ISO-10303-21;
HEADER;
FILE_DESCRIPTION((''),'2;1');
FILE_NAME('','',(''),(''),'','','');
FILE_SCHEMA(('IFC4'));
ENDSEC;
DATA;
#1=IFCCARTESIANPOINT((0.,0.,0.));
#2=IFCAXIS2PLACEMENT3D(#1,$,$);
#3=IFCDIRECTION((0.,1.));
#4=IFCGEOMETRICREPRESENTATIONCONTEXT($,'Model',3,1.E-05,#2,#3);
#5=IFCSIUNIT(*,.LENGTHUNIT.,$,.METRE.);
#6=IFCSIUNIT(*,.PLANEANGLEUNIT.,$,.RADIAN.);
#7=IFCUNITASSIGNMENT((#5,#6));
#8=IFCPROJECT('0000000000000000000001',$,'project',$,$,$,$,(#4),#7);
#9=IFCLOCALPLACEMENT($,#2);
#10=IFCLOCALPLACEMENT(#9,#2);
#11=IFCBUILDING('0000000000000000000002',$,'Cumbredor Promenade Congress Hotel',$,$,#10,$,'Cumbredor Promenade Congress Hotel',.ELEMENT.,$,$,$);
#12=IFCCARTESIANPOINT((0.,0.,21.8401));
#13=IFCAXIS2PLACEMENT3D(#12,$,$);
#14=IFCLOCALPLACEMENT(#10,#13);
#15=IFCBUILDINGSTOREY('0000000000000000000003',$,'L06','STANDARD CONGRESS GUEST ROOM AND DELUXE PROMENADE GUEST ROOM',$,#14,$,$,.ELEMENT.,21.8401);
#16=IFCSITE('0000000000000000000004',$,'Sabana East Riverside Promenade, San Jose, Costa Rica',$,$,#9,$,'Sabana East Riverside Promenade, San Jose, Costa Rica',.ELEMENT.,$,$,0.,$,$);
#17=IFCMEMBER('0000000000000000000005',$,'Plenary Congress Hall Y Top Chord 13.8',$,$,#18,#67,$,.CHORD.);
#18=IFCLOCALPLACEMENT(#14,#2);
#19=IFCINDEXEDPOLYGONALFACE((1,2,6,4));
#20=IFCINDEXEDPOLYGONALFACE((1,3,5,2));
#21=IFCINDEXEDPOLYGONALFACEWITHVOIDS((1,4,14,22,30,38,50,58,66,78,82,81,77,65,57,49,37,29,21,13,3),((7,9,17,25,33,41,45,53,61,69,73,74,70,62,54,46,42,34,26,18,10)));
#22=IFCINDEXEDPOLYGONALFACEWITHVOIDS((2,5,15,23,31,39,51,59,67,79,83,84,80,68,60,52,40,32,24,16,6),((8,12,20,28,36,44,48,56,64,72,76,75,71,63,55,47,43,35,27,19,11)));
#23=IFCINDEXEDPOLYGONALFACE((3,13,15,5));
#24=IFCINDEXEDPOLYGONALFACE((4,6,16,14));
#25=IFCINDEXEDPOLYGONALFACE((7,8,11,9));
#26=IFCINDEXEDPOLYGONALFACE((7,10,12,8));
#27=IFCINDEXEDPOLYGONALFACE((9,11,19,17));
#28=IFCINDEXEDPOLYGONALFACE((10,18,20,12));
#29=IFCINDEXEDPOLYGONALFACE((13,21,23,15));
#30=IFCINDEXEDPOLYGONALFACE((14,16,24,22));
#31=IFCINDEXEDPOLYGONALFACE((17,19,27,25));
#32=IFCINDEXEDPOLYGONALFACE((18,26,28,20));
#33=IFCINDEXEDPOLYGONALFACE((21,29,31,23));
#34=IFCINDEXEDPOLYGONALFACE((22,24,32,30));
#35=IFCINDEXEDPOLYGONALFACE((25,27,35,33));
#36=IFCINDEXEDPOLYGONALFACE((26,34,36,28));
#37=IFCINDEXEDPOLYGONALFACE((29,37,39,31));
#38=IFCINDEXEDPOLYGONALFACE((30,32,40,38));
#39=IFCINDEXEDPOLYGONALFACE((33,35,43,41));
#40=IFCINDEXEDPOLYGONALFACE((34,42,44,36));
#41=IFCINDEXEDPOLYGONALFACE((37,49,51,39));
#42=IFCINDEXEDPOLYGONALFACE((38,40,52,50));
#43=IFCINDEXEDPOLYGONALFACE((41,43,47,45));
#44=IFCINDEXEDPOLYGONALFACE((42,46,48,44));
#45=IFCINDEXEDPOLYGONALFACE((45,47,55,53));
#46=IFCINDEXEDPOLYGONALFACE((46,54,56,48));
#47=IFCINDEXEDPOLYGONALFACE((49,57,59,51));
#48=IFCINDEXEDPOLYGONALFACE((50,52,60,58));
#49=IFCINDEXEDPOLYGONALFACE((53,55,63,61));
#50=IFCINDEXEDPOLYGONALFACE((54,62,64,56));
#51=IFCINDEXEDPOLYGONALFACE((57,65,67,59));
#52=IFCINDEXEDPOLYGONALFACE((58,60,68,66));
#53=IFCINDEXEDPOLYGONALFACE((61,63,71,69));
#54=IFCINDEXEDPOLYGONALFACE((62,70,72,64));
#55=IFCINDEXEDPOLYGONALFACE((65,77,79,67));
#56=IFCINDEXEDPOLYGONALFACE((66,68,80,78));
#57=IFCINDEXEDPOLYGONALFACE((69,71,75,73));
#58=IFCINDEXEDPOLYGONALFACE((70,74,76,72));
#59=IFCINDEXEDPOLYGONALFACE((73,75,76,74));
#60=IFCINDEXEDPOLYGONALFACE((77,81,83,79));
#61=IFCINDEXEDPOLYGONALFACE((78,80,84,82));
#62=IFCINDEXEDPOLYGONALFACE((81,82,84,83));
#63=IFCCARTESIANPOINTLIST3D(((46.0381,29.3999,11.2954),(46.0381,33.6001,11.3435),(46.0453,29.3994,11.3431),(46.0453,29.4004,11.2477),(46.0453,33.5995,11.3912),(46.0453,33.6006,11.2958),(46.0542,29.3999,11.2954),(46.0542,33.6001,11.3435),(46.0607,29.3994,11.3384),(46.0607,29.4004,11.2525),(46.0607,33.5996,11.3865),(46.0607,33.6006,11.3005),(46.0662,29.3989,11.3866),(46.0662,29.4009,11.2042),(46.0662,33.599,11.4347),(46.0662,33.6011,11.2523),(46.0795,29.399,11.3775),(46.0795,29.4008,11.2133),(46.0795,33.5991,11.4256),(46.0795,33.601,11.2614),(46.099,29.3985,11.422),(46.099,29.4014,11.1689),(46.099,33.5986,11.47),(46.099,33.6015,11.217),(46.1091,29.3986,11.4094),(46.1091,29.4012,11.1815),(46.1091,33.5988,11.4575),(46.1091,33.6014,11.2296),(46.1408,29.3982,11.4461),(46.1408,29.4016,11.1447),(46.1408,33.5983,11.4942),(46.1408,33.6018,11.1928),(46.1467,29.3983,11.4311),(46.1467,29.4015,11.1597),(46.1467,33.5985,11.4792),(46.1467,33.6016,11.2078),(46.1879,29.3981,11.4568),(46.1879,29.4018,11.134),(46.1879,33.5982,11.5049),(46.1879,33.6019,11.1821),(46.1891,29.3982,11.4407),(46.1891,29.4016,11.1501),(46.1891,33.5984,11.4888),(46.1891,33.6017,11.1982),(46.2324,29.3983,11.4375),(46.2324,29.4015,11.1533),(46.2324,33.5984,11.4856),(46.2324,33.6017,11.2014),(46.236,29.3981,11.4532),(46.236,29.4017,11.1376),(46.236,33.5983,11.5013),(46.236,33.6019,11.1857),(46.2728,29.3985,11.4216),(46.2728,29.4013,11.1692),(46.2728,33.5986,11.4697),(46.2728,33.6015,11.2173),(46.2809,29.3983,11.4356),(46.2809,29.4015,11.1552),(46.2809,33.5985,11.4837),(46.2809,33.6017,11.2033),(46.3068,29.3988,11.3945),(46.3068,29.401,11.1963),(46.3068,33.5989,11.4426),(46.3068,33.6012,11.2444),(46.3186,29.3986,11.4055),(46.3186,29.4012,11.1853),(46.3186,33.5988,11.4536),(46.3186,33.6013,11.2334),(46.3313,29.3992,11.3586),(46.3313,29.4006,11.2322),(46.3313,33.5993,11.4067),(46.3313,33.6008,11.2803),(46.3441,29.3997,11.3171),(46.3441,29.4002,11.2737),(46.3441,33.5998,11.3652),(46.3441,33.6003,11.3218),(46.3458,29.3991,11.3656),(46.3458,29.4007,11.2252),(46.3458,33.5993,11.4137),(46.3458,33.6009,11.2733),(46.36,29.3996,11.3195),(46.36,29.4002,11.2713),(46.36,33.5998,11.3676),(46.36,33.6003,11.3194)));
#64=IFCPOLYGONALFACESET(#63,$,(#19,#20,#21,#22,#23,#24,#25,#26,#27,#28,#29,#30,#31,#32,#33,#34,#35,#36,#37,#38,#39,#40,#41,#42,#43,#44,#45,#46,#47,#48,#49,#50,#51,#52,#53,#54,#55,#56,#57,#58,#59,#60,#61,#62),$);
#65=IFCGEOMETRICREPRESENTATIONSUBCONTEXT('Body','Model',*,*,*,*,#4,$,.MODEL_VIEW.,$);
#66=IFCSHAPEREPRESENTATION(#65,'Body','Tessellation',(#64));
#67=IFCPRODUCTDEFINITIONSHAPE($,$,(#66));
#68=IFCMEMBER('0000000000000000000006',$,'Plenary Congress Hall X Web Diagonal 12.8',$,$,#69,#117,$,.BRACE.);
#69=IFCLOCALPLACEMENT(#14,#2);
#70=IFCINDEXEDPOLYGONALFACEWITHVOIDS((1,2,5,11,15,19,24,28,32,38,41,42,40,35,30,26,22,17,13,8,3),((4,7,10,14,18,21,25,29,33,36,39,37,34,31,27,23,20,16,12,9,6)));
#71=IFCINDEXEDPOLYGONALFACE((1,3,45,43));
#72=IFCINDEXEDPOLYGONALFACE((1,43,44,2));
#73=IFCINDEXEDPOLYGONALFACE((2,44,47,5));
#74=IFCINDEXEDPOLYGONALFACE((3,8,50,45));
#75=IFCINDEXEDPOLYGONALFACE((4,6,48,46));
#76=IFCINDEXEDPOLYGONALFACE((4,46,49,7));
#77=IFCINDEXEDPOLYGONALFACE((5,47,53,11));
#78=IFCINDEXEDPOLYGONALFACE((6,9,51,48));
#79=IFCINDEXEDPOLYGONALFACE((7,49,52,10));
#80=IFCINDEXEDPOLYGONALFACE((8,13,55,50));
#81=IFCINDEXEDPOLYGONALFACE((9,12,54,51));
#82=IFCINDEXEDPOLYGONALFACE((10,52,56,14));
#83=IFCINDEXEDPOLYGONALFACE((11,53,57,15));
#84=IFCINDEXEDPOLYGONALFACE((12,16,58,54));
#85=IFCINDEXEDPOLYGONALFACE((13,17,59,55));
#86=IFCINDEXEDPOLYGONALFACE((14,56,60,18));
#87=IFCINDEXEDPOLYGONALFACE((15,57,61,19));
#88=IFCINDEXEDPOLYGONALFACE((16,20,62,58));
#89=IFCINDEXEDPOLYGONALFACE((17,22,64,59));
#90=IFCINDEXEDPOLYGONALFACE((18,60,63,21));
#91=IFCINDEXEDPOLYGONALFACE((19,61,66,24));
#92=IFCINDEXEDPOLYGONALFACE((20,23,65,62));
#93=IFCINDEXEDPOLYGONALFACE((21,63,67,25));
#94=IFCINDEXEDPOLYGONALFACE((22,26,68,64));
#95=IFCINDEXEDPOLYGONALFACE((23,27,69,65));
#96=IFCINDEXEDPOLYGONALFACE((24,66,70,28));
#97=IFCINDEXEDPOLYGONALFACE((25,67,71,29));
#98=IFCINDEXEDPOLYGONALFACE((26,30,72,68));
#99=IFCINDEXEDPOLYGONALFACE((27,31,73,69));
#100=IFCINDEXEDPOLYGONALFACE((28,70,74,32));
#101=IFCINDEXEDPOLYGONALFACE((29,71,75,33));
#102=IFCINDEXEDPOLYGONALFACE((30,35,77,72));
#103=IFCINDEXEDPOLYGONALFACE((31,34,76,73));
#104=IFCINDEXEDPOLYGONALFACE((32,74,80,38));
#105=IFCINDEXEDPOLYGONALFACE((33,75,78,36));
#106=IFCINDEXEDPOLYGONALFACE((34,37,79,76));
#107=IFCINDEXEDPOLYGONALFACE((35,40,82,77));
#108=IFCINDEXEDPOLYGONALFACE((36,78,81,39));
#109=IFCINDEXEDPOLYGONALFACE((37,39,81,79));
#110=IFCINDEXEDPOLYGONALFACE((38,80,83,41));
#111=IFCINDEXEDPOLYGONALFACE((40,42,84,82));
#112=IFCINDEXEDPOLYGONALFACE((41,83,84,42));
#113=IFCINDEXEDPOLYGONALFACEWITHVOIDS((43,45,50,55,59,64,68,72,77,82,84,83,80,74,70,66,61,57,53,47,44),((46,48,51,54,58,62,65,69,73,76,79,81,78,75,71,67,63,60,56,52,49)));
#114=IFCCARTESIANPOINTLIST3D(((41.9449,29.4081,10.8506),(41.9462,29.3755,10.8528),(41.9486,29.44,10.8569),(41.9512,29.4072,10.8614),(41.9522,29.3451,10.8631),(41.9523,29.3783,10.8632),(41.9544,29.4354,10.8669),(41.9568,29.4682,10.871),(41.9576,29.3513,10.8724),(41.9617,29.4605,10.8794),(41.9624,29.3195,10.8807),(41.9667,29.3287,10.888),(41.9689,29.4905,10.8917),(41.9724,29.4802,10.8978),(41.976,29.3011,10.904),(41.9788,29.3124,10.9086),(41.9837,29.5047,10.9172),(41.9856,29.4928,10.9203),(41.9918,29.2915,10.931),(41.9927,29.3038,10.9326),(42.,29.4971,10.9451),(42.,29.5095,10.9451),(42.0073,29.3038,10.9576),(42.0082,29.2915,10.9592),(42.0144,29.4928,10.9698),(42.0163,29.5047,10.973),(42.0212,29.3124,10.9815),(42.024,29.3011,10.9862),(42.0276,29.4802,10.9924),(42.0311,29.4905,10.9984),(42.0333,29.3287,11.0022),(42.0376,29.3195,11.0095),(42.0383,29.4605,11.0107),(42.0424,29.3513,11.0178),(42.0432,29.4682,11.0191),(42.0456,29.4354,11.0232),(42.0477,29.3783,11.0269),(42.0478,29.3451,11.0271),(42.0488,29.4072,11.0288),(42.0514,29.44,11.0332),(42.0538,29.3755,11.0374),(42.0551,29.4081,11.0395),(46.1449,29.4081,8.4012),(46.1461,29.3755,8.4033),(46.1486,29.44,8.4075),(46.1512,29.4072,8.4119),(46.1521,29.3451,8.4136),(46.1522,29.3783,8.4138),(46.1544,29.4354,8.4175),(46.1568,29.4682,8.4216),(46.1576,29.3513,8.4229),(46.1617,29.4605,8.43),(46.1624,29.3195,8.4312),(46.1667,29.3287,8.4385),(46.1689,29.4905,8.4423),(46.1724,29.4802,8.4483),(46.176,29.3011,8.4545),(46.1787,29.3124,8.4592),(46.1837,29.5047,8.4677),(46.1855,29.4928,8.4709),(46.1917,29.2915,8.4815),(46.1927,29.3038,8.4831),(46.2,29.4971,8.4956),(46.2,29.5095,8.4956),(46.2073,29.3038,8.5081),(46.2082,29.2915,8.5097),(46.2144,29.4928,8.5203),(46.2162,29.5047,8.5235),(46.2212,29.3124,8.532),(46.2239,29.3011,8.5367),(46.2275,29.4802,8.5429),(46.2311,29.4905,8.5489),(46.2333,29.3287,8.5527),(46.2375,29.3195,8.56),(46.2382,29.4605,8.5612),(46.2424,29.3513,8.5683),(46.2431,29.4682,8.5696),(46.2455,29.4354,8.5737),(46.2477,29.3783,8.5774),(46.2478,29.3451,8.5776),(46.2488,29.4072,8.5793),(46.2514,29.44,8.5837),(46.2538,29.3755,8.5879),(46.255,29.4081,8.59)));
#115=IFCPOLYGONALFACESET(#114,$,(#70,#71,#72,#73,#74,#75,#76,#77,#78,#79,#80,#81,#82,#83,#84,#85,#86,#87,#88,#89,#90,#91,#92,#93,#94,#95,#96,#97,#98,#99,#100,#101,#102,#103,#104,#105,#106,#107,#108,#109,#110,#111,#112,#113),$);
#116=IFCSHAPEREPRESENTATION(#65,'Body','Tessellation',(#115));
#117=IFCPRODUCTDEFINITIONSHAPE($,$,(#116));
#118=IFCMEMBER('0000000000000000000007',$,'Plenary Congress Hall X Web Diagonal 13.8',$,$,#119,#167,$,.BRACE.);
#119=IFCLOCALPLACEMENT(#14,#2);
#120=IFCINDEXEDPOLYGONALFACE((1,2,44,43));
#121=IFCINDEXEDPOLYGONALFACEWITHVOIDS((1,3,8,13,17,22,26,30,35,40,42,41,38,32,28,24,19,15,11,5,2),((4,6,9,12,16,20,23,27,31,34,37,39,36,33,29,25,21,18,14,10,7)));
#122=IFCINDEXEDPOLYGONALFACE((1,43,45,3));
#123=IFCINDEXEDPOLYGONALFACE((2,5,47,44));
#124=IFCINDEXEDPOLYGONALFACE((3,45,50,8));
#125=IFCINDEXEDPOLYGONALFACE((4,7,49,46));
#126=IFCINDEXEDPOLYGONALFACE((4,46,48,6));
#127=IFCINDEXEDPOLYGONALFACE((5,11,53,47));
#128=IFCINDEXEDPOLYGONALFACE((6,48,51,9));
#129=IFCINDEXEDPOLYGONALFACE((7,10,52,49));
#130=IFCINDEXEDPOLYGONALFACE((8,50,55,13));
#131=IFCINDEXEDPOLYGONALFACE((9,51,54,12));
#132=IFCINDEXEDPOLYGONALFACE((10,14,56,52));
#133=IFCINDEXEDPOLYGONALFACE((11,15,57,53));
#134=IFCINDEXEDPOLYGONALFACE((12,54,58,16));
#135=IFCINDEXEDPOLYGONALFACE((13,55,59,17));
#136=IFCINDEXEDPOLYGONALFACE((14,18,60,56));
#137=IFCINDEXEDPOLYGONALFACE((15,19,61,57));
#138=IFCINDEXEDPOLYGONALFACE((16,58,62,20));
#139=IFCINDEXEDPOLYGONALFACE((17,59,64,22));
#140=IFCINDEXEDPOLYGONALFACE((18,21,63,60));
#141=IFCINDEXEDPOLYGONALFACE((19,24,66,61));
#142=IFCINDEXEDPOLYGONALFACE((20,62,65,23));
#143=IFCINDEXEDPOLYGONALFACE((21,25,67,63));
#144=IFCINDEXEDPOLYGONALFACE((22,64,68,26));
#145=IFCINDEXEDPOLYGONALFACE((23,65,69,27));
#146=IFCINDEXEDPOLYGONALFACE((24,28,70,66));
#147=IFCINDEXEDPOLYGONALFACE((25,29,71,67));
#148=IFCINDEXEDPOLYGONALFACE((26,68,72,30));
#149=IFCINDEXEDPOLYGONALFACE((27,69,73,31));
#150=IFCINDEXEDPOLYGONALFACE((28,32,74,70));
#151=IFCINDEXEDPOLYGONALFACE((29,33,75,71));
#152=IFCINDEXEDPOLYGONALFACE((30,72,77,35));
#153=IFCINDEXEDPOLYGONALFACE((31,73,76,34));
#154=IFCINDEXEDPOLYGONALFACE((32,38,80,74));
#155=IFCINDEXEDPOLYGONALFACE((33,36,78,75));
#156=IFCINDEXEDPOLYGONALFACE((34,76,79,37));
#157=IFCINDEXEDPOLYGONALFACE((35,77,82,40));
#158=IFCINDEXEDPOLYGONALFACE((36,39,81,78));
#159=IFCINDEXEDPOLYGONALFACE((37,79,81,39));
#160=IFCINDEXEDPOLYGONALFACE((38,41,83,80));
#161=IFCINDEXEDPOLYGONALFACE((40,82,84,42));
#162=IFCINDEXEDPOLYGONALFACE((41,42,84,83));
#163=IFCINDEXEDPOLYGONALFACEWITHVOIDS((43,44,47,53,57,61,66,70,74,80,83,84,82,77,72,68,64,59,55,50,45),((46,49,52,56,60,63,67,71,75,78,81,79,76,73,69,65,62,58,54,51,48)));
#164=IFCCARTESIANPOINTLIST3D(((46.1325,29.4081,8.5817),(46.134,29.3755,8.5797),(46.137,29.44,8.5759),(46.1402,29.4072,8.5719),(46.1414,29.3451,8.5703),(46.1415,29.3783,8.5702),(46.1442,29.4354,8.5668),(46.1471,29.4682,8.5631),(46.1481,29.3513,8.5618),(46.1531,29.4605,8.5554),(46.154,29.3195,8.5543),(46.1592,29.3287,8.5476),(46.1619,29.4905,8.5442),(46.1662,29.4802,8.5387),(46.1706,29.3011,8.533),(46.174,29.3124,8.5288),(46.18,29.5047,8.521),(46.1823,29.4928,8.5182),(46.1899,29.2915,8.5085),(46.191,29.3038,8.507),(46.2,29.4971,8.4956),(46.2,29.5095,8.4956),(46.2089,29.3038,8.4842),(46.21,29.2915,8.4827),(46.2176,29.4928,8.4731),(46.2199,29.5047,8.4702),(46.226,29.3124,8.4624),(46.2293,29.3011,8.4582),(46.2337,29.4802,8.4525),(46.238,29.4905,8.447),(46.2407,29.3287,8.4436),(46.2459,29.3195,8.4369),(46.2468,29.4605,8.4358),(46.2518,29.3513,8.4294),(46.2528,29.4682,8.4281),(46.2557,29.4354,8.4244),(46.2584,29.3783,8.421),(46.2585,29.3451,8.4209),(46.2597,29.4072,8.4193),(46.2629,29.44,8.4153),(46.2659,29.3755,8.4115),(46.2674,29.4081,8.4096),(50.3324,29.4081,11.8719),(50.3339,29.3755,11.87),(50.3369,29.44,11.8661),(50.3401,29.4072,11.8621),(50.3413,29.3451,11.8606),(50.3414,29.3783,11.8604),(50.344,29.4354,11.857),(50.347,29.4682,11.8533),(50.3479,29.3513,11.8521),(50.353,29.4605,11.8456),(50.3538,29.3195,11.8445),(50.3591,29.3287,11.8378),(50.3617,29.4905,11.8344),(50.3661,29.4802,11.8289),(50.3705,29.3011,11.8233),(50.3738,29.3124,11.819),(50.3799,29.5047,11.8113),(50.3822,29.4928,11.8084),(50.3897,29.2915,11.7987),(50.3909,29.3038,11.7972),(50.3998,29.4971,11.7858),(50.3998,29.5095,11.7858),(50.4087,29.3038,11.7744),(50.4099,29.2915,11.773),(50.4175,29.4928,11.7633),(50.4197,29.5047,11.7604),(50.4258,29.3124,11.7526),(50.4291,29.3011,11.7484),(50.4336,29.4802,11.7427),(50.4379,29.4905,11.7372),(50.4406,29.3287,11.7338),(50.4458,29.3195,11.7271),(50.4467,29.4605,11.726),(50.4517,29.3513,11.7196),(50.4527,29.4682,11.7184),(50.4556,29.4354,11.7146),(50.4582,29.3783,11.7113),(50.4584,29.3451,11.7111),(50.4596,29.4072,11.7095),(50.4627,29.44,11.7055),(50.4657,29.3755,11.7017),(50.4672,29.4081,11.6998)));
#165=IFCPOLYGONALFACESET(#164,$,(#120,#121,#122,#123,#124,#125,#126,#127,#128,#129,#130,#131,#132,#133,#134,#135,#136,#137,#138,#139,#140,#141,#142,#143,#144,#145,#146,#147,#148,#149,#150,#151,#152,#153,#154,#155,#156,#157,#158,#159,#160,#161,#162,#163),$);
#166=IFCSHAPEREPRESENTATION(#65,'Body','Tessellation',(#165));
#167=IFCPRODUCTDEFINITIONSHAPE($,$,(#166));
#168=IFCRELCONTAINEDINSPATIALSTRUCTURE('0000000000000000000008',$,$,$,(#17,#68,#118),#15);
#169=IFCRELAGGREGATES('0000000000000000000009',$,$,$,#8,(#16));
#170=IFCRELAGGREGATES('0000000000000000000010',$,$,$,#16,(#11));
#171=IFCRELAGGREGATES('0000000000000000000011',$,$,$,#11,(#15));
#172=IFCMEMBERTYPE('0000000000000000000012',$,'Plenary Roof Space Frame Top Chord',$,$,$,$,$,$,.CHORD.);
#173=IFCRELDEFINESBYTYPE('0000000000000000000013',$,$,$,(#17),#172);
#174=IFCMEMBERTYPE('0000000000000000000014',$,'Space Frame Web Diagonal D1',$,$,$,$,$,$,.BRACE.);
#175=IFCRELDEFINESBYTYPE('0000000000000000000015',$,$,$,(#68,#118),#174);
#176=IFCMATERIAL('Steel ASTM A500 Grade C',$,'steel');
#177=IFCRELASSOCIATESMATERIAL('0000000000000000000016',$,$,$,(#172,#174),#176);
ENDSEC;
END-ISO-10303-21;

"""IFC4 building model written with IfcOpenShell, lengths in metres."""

from ifc_helpers import new_model, si_unit, direction, frame, origin, origin_2d, place, context, subcontext, project, spatial, hollow_circle, extrude, material, material_profile, profile_set, type_object, element, save


model = new_model("IFC4")

# Units and contexts
model_context = context("Model", 3, precision=1e-05, world=origin(), true_north=direction((0.0, 1.0)))
body_context = subcontext(model_context, "Body", "Model", "MODEL_VIEW")
ifc_project = project(units=[si_unit("LENGTHUNIT", "METRE"), si_unit("PLANEANGLEUNIT", "RADIAN")], contexts=[model_context])

# Site, building, storey
site_placement = place(None, origin())
site = spatial("IfcSite", under=ifc_project, at=site_placement, Name="Sabana East Riverside Promenade, San Jose, Costa Rica", LongName="Sabana East Riverside Promenade, San Jose, Costa Rica", CompositionType="ELEMENT", RefElevation=0.0)
building_placement = place(site_placement, origin())
building = spatial("IfcBuilding", under=site, at=building_placement, Name="Cumbredor Promenade Congress Hotel", LongName="Cumbredor Promenade Congress Hotel", CompositionType="ELEMENT")
storey_placement = place(building_placement, frame((0.0, 0.0, 21.8401)))
storey = spatial("IfcBuildingStorey", under=building, at=storey_placement, Name="L06", Description="STANDARD CONGRESS GUEST ROOM AND DELUXE PROMENADE GUEST ROOM", CompositionType="ELEMENT", Elevation=21.8401)

# Members
ifc_material_1 = material(Name="Steel ASTM A500 Grade C", Category="steel")
ifc_material_profile_1 = material_profile(ifc_material_1, hollow_circle(Radius=0.1619, WallThickness=0.0161, at=origin_2d()), Name="CHS 323.9x16")
ifc_profile_set_1 = profile_set([ifc_material_profile_1], Name="Steel ASTM A500 Grade C")
member_type_1 = type_object("IfcMemberType", Name="Plenary Roof Space Frame Top Chord", PredefinedType="CHORD", material=ifc_profile_set_1)
member_1_placement = place(storey_placement, frame((46.2, 29.3999, 11.2954), z_axis=(0.0, 0.999934, 0.01145), x_axis=(-1.0, 0.0, 0.0)))
element("IfcMember", 1, at=member_1_placement, inside=storey, type_object=member_type_1, Name="Plenary Congress Hall Y Top Chord 13.8", PredefinedType="CHORD", context=body_context, shape_type="SweptSolid", body=[
    extrude(hollow_circle(Radius=0.1619, WallThickness=0.0161, at=origin_2d()), origin(), (0.0, 0.0, 1.0), 4.2004),
])
ifc_material_profile_2 = material_profile(ifc_material_1, hollow_circle(Radius=0.1096, WallThickness=0.0125, at=origin_2d()), Name="CHS 219.1x12.5")
ifc_profile_set_2 = profile_set([ifc_material_profile_2], Name="Steel ASTM A500 Grade C")
member_type_2 = type_object("IfcMemberType", Name="Space Frame Web Diagonal D1", PredefinedType="BRACE", material=ifc_profile_set_2)
member_2_placement = place(storey_placement, frame((42.0, 29.3999, 10.9451), z_axis=(0.863824, 0.0, -0.503793), x_axis=(0.0, 1.0, 0.0)))
element("IfcMember", 2, at=member_2_placement, inside=storey, type_object=member_type_2, Name="Plenary Congress Hall X Web Diagonal 12.8", PredefinedType="BRACE", context=body_context, shape_type="SweptSolid", body=[
    extrude(hollow_circle(Radius=0.1096, WallThickness=0.0125, at=origin_2d()), origin(), (0.0, 0.0, 1.0), 4.8621),
])
member_3_placement = place(storey_placement, frame((46.2, 29.3999, 8.4956), z_axis=(0.787199, 0.0, 0.616699), x_axis=(0.0, 1.0, 0.0)))
element("IfcMember", 3, at=member_3_placement, inside=storey, type_object=member_type_2, Name="Plenary Congress Hall X Web Diagonal 13.8", PredefinedType="BRACE", context=body_context, shape_type="SweptSolid", body=[
    extrude(hollow_circle(Radius=0.1096, WallThickness=0.0125, at=origin_2d()), origin(), (0.0, 0.0, 1.0), 5.3352),
])

save(model, "model.ifc")
